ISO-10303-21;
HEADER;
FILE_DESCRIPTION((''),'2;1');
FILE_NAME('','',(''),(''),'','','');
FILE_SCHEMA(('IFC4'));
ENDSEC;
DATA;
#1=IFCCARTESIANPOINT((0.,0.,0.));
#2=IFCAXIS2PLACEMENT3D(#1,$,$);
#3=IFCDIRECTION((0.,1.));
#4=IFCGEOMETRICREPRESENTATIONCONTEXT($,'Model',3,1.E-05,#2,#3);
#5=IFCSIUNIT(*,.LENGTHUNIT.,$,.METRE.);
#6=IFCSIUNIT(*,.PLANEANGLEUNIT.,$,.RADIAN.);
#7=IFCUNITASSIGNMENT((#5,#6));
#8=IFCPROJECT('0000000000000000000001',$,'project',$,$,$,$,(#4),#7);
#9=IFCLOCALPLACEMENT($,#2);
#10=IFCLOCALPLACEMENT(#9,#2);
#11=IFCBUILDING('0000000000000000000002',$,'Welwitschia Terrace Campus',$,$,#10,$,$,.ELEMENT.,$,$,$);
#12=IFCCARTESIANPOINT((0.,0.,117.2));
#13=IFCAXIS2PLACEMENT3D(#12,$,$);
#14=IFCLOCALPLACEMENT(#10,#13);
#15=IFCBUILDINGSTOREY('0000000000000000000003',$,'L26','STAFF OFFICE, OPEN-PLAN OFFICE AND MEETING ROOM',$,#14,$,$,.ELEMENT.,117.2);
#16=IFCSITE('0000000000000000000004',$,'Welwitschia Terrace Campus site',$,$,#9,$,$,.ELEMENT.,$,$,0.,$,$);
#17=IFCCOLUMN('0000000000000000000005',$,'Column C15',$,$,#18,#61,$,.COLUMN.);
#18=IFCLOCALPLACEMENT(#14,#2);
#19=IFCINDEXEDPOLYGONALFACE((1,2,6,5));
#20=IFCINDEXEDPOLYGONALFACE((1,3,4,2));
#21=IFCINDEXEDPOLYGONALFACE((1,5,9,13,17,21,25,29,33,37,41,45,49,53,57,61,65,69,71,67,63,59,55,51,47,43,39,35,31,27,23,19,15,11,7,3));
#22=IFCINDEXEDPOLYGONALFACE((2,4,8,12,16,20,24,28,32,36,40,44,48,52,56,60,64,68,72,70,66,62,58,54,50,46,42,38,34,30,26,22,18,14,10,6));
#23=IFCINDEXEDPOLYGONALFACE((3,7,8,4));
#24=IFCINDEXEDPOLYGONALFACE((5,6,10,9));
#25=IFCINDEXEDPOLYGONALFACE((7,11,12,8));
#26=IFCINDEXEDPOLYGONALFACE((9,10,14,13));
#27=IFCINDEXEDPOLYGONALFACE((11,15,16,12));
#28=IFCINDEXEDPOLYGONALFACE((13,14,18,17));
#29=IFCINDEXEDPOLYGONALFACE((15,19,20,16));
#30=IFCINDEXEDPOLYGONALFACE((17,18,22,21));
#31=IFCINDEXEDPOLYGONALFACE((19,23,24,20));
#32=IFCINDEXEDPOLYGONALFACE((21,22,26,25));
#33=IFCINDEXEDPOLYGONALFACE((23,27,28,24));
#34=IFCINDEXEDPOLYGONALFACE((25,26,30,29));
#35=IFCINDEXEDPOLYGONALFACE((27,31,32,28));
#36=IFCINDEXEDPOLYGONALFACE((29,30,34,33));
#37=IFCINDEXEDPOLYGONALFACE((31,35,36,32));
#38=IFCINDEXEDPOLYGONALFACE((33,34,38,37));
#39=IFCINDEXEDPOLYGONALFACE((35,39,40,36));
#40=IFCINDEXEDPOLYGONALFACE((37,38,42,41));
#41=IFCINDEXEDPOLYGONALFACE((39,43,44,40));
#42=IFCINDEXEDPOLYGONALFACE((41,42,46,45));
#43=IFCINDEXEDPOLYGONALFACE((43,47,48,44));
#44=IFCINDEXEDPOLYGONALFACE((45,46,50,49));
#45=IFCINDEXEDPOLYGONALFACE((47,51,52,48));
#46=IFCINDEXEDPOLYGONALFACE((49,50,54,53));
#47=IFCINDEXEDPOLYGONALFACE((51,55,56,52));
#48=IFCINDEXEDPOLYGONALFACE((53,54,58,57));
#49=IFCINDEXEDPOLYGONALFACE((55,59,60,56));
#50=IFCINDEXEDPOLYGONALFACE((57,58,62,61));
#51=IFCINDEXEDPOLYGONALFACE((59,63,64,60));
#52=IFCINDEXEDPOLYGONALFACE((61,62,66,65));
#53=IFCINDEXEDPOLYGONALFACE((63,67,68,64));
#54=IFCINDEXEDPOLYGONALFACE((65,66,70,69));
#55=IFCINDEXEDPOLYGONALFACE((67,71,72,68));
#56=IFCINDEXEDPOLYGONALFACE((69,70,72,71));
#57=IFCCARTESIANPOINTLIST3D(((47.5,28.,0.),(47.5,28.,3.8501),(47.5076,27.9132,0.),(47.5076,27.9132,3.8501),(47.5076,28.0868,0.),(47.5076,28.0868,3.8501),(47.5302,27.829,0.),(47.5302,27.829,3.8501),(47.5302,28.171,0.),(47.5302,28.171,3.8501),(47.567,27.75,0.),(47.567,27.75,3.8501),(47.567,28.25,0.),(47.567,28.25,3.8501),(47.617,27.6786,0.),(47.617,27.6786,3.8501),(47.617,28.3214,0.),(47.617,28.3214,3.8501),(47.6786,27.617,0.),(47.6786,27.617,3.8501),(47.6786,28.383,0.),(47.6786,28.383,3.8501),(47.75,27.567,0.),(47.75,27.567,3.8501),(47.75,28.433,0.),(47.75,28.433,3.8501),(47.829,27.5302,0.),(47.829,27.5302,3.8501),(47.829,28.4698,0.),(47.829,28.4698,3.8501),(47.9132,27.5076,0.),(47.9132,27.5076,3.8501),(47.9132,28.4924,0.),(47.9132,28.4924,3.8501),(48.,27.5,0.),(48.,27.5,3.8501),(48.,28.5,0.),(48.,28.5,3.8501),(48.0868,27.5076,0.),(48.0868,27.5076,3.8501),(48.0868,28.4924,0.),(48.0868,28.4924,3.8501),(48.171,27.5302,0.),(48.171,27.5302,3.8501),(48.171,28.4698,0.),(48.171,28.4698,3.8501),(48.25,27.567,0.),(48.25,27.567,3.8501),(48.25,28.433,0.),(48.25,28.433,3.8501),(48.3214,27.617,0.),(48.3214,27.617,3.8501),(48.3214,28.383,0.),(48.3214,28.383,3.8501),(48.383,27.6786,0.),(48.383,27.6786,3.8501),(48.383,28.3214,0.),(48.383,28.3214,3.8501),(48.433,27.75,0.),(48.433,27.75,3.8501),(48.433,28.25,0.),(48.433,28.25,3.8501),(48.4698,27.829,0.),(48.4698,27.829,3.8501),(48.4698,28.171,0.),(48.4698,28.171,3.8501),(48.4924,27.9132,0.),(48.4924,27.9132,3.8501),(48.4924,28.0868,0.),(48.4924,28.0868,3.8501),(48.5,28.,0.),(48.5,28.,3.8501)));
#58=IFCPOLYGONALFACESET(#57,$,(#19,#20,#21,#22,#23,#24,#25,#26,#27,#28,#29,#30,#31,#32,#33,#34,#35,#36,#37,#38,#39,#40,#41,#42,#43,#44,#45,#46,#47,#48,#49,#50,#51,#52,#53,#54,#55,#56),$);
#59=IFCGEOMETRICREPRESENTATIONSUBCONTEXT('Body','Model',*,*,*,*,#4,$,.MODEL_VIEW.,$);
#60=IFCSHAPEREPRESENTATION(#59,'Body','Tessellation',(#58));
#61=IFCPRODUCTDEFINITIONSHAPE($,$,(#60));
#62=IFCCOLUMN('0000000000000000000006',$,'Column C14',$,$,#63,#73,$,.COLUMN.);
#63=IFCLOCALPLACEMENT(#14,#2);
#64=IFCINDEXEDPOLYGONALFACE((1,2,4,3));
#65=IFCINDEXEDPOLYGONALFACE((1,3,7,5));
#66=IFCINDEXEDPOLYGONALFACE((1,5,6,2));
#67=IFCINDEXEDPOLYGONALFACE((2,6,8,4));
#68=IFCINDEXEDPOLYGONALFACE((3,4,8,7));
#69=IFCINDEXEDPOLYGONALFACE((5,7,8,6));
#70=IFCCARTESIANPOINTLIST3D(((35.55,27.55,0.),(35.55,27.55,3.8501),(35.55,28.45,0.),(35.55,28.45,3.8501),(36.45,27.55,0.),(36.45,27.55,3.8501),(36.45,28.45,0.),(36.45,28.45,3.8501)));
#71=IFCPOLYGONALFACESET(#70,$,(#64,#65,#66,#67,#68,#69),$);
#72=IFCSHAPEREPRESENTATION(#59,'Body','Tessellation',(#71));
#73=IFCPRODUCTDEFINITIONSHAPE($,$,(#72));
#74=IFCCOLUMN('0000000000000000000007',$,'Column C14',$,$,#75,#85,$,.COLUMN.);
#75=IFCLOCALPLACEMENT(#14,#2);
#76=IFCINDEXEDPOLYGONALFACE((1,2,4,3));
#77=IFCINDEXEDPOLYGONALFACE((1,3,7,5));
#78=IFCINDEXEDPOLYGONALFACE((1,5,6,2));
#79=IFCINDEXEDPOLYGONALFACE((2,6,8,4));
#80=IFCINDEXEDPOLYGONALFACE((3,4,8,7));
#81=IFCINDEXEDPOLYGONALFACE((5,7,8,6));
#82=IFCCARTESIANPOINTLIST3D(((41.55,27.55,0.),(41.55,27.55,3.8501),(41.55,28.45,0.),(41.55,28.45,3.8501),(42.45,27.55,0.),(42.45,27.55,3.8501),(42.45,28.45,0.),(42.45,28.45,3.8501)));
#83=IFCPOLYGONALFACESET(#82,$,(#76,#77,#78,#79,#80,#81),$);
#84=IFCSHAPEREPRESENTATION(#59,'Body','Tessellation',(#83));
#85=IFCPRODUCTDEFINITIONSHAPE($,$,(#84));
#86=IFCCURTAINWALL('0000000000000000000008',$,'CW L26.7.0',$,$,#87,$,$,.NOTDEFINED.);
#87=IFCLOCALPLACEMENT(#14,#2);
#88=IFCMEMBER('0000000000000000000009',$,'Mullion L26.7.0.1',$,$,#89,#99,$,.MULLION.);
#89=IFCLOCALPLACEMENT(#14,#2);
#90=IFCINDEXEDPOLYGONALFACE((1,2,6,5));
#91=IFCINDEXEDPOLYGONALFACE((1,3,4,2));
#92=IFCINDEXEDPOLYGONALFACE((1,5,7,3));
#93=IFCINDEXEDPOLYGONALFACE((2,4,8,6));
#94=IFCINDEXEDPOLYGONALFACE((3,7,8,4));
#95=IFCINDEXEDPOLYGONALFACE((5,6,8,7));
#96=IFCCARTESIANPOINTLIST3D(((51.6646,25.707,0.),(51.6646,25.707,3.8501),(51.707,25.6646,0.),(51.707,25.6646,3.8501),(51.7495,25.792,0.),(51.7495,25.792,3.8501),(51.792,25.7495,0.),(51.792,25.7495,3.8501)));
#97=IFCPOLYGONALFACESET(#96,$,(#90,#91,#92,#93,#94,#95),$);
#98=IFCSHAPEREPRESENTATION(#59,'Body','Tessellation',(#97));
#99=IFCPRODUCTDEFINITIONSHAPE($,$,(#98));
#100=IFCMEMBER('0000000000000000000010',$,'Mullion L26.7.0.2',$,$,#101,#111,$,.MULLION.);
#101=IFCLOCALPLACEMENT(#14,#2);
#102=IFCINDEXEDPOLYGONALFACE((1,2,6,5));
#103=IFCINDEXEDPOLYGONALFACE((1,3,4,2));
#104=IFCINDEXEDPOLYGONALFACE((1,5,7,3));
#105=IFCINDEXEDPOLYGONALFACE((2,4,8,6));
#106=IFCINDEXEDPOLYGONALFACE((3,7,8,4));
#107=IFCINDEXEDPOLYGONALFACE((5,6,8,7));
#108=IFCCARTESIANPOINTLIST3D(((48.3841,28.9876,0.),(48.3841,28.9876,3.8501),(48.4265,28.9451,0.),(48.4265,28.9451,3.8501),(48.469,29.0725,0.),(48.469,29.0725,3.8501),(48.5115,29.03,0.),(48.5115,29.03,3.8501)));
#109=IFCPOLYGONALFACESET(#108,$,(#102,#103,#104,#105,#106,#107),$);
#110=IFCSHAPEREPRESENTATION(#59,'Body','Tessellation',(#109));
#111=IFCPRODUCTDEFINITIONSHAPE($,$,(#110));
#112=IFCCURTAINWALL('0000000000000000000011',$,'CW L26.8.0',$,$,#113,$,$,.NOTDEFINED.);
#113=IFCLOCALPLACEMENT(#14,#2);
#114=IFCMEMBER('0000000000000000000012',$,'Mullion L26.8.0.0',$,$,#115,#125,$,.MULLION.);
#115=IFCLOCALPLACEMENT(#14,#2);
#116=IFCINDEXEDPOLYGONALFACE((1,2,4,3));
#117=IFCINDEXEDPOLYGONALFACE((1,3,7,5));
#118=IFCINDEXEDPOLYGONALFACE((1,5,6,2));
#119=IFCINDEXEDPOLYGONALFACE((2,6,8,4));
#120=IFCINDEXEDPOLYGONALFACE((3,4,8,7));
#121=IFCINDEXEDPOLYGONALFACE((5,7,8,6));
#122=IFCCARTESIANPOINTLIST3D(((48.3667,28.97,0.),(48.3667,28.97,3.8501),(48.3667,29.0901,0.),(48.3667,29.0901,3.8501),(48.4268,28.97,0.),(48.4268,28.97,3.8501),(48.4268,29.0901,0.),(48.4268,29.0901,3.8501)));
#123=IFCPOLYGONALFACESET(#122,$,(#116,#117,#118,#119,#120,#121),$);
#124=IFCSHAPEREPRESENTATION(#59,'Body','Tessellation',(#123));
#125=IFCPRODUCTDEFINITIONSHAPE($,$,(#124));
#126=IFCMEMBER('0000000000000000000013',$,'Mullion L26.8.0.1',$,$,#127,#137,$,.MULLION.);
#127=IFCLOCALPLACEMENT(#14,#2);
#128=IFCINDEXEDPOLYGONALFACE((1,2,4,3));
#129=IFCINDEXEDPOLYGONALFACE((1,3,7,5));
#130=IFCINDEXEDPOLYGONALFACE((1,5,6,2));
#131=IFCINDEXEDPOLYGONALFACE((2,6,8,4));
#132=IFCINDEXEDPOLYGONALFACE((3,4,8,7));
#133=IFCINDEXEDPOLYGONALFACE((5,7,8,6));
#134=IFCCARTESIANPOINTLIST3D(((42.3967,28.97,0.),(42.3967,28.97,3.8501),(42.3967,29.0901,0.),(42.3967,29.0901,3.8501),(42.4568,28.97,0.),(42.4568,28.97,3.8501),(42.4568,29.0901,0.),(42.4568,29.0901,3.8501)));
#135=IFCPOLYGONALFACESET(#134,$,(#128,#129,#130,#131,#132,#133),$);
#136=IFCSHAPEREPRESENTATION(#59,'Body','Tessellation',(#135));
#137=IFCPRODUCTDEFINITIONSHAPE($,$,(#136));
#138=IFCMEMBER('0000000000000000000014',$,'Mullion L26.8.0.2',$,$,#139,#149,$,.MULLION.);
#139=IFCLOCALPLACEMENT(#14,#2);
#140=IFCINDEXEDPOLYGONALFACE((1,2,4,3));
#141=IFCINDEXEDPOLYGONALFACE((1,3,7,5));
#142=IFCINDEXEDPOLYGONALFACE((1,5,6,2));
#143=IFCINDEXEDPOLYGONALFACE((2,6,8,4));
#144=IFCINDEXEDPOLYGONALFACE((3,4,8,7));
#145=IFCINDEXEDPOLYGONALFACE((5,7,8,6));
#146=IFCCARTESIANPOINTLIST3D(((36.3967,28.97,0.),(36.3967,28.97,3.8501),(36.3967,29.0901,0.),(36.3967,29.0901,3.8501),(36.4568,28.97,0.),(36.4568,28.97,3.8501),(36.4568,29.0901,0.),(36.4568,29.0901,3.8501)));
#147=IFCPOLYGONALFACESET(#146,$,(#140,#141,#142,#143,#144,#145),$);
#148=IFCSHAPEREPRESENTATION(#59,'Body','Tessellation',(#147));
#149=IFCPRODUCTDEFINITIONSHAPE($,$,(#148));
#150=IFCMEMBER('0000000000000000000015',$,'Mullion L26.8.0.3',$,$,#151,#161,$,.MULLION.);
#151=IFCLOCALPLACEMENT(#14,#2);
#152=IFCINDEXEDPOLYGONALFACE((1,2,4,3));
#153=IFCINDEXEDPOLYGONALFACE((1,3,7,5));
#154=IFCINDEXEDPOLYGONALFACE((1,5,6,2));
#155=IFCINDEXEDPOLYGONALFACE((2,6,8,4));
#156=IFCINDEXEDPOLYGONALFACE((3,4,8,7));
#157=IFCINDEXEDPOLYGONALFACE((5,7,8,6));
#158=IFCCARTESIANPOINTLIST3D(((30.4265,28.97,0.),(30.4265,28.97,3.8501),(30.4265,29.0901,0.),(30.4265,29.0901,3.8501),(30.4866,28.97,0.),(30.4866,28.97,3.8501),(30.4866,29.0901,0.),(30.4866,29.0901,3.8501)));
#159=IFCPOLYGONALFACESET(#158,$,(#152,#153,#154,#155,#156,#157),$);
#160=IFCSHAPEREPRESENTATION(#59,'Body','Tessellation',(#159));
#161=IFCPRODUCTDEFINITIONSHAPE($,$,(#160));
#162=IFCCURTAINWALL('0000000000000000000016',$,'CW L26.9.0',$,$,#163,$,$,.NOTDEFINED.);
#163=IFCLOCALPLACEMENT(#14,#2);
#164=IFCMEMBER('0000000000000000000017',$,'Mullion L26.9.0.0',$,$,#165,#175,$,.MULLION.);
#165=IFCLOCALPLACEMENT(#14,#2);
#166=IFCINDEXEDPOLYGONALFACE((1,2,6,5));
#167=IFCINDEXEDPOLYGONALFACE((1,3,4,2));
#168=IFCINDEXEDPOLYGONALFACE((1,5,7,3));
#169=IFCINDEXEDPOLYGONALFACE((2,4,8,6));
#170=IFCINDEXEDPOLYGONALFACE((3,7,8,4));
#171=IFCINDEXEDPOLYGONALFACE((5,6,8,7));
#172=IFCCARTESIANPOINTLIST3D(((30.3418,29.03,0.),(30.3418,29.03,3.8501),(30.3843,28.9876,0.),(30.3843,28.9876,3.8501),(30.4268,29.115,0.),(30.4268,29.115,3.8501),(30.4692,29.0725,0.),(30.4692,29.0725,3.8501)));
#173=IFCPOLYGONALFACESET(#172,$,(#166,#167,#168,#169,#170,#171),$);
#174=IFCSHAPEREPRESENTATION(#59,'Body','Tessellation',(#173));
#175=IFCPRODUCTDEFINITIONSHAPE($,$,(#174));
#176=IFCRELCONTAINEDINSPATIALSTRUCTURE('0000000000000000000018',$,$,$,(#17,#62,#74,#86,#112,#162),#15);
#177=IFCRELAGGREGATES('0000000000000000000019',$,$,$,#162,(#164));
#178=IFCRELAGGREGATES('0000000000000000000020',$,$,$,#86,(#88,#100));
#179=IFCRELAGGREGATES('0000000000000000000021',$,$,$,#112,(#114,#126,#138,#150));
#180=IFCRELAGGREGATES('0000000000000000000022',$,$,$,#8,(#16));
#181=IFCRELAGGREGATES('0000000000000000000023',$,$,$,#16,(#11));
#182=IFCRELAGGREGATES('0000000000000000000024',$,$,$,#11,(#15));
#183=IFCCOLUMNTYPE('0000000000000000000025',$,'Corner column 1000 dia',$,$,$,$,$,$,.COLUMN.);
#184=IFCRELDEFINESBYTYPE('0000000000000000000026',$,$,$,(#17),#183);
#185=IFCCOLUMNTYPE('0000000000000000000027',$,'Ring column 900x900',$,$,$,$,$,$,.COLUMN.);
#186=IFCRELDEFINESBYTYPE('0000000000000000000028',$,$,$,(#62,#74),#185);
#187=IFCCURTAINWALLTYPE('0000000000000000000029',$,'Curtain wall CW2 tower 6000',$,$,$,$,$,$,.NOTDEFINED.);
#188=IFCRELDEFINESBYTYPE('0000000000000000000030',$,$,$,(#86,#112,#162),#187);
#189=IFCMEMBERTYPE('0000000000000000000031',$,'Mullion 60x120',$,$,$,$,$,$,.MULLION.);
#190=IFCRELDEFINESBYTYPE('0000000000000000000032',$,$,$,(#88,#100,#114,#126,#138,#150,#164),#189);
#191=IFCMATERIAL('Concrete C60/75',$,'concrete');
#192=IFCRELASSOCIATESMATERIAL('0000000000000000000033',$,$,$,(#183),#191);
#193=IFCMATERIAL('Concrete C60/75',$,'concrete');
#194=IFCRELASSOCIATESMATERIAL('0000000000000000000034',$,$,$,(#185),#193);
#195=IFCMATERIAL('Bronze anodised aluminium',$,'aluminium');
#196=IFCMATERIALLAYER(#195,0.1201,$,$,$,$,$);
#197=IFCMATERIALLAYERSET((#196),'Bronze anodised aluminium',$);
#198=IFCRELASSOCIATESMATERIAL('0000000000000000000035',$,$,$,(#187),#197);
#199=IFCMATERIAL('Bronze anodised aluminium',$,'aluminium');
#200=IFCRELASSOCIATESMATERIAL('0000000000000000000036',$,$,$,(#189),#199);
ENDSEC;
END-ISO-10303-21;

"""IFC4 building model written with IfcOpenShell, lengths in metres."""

from ifc_helpers import new_model, si_unit, direction, frame, origin, origin_2d, place, context, subcontext, project, spatial, rectangle, circle, extrude, material, layer, layer_set, material_profile, profile_set, type_object, element, aggregate, save


model = new_model("IFC4")

# Units and contexts
model_context = context("Model", 3, precision=1e-05, world=origin(), true_north=direction((0.0, 1.0)))
body_context = subcontext(model_context, "Body", "Model", "MODEL_VIEW")
ifc_project = project(units=[si_unit("LENGTHUNIT", "METRE"), si_unit("PLANEANGLEUNIT", "RADIAN")], contexts=[model_context])

# Site, building, storey
site_placement = place(None, origin())
site = spatial("IfcSite", under=ifc_project, at=site_placement, Name="Welwitschia Terrace Campus site", CompositionType="ELEMENT", RefElevation=0.0)
building_placement = place(site_placement, origin())
building = spatial("IfcBuilding", under=site, at=building_placement, Name="Welwitschia Terrace Campus", CompositionType="ELEMENT")
storey_placement = place(building_placement, frame((0.0, 0.0, 117.2)))
storey = spatial("IfcBuildingStorey", under=building, at=storey_placement, Name="L26", Description="STAFF OFFICE, OPEN-PLAN OFFICE AND MEETING ROOM", CompositionType="ELEMENT", Elevation=117.2)

# Columns
ifc_material_1 = material(Name="Concrete C60/75", Category="concrete")
ifc_material_profile_1 = material_profile(ifc_material_1, circle(Radius=0.5, at=origin_2d()))
ifc_profile_set_1 = profile_set([ifc_material_profile_1], Name="Concrete C60/75")
column_type_1 = type_object("IfcColumnType", Name="Corner column 1000 dia", PredefinedType="COLUMN", material=ifc_profile_set_1)
column_placement = place(storey_placement, frame((48.0, 28.0, 0.0), z_axis=(0.0, 0.0, 1.0), x_axis=(1.0, 0.0, 0.0)))
element("IfcColumn", 1, at=column_placement, inside=storey, type_object=column_type_1, Name="Column C15", PredefinedType="COLUMN", context=body_context, shape_type="SweptSolid", body=[
    extrude(circle(Radius=0.5, at=origin_2d()), origin(), (0.0, 0.0, 1.0), 3.8501),
])
ifc_material_2 = material(Name="Concrete C60/75", Category="concrete")
ifc_material_profile_2 = material_profile(ifc_material_2, rectangle(XDim=0.8999, YDim=0.8999, at=origin_2d()))
ifc_profile_set_2 = profile_set([ifc_material_profile_2], Name="Concrete C60/75")
column_type_2 = type_object("IfcColumnType", Name="Ring column 900x900", PredefinedType="COLUMN", material=ifc_profile_set_2)
for number, where, z_axis, x_axis, name in (
    (2, (36.0, 28.0, 0.0), (0.0, 0.0, 1.0), (1.0, 0.0, 0.0), "Column C14"),
    (3, (42.0, 28.0, 0.0), (0.0, 0.0, 1.0), (1.0, 0.0, 0.0), "Column C14"),
):
    element("IfcColumn", number, at=place(storey_placement, frame(where, z_axis=z_axis, x_axis=x_axis)), inside=storey, type_object=column_type_2, Name=name, PredefinedType="COLUMN", context=body_context, shape_type="SweptSolid", body=[
        extrude(rectangle(XDim=0.8999, YDim=0.8999, at=origin_2d()), origin(), (0.0, 0.0, 1.0), 3.8501),
    ])

# Curtain walls, members
ifc_material_3 = material(Name="Bronze anodised aluminium", Category="aluminium")
ifc_layer_1 = layer(ifc_material_3, 0.1201)
ifc_layer_set_1 = layer_set([ifc_layer_1], Name="Bronze anodised aluminium")
curtain_wall_type = type_object("IfcCurtainWallType", Name="Curtain wall CW2 tower 6000", PredefinedType="NOTDEFINED", material=ifc_layer_set_1)
curtain_wall_1_placement = place(storey_placement, origin())
curtain_wall_1 = element("IfcCurtainWall", 4, at=curtain_wall_1_placement, inside=storey, type_object=curtain_wall_type, Name="CW L26.7.0", PredefinedType="NOTDEFINED")
ifc_material_4 = material(Name="Bronze anodised aluminium", Category="aluminium")
ifc_material_profile_3 = material_profile(ifc_material_4, rectangle(XDim=0.1201, YDim=0.0601, at=origin_2d()))
ifc_profile_set_3 = profile_set([ifc_material_profile_3], Name="Bronze anodised aluminium")
member_type_1 = type_object("IfcMemberType", Name="Mullion 60x120", PredefinedType="MULLION", material=ifc_profile_set_3)
member_1_placement = place(storey_placement, frame((51.7283, 25.7283, 0.0), z_axis=(0.0, 0.0, 1.0), x_axis=(-0.707107, -0.707107, 0.0)))
member_1 = element("IfcMember", 5, at=member_1_placement, type_object=member_type_1, Name="Mullion L26.7.0.1", PredefinedType="MULLION", context=body_context, shape_type="SweptSolid", body=[
    extrude(rectangle(XDim=0.1201, YDim=0.0601, at=origin_2d()), origin(), (0.0, 0.0, 1.0), 3.8501),
])
member_2_placement = place(storey_placement, frame((48.4478, 29.0088, 0.0), z_axis=(0.0, 0.0, 1.0), x_axis=(-0.707107, -0.707107, 0.0)))
member_2 = element("IfcMember", 6, at=member_2_placement, type_object=member_type_1, Name="Mullion L26.7.0.2", PredefinedType="MULLION", context=body_context, shape_type="SweptSolid", body=[
    extrude(rectangle(XDim=0.1201, YDim=0.0601, at=origin_2d()), origin(), (0.0, 0.0, 1.0), 3.8501),
])
curtain_wall_2_placement = place(storey_placement, origin())
curtain_wall_2 = element("IfcCurtainWall", 7, at=curtain_wall_2_placement, inside=storey, type_object=curtain_wall_type, Name="CW L26.8.0", PredefinedType="NOTDEFINED")
member_3_placement = place(storey_placement, frame((48.3967, 29.03, 0.0), z_axis=(0.0, 0.0, 1.0), x_axis=(0.0, -1.0, 0.0)))
member_3 = element("IfcMember", 8, at=member_3_placement, type_object=member_type_1, Name="Mullion L26.8.0.0", PredefinedType="MULLION", context=body_context, shape_type="SweptSolid", body=[
    extrude(rectangle(XDim=0.1201, YDim=0.0601, at=origin_2d()), origin(), (0.0, 0.0, 1.0), 3.8501),
])
member_4_placement = place(storey_placement, frame((42.4268, 29.03, 0.0), z_axis=(0.0, 0.0, 1.0), x_axis=(0.0, -1.0, 0.0)))
member_4 = element("IfcMember", 9, at=member_4_placement, type_object=member_type_1, Name="Mullion L26.8.0.1", PredefinedType="MULLION", context=body_context, shape_type="SweptSolid", body=[
    extrude(rectangle(XDim=0.1201, YDim=0.0601, at=origin_2d()), origin(), (0.0, 0.0, 1.0), 3.8501),
])
member_5_placement = place(storey_placement, frame((36.4268, 29.03, 0.0), z_axis=(0.0, 0.0, 1.0), x_axis=(0.0, -1.0, 0.0)))
member_5 = element("IfcMember", 10, at=member_5_placement, type_object=member_type_1, Name="Mullion L26.8.0.2", PredefinedType="MULLION", context=body_context, shape_type="SweptSolid", body=[
    extrude(rectangle(XDim=0.1201, YDim=0.0601, at=origin_2d()), origin(), (0.0, 0.0, 1.0), 3.8501),
])
member_6_placement = place(storey_placement, frame((30.4565, 29.03, 0.0), z_axis=(0.0, 0.0, 1.0), x_axis=(0.0, -1.0, 0.0)))
member_6 = element("IfcMember", 11, at=member_6_placement, type_object=member_type_1, Name="Mullion L26.8.0.3", PredefinedType="MULLION", context=body_context, shape_type="SweptSolid", body=[
    extrude(rectangle(XDim=0.1201, YDim=0.0601, at=origin_2d()), origin(), (0.0, 0.0, 1.0), 3.8501),
])

# Curtain wall, member
curtain_wall_3_placement = place(storey_placement, origin())
curtain_wall_3 = element("IfcCurtainWall", 12, at=curtain_wall_3_placement, inside=storey, type_object=curtain_wall_type, Name="CW L26.9.0", PredefinedType="NOTDEFINED")
member_7_placement = place(storey_placement, frame((30.4055, 29.0513, 0.0), z_axis=(0.0, 0.0, 1.0), x_axis=(-0.707107, -0.707107, 0.0)))
member_7 = element("IfcMember", 13, at=member_7_placement, type_object=member_type_1, Name="Mullion L26.9.0.0", PredefinedType="MULLION", context=body_context, shape_type="SweptSolid", body=[
    extrude(rectangle(XDim=0.1201, YDim=0.0601, at=origin_2d()), origin(), (0.0, 0.0, 1.0), 3.8501),
])

aggregate(curtain_wall_3, [member_7])

aggregate(curtain_wall_1, [member_1, member_2])
aggregate(curtain_wall_2, [member_3, member_4, member_5, member_6])

save(model, "model.ifc")
